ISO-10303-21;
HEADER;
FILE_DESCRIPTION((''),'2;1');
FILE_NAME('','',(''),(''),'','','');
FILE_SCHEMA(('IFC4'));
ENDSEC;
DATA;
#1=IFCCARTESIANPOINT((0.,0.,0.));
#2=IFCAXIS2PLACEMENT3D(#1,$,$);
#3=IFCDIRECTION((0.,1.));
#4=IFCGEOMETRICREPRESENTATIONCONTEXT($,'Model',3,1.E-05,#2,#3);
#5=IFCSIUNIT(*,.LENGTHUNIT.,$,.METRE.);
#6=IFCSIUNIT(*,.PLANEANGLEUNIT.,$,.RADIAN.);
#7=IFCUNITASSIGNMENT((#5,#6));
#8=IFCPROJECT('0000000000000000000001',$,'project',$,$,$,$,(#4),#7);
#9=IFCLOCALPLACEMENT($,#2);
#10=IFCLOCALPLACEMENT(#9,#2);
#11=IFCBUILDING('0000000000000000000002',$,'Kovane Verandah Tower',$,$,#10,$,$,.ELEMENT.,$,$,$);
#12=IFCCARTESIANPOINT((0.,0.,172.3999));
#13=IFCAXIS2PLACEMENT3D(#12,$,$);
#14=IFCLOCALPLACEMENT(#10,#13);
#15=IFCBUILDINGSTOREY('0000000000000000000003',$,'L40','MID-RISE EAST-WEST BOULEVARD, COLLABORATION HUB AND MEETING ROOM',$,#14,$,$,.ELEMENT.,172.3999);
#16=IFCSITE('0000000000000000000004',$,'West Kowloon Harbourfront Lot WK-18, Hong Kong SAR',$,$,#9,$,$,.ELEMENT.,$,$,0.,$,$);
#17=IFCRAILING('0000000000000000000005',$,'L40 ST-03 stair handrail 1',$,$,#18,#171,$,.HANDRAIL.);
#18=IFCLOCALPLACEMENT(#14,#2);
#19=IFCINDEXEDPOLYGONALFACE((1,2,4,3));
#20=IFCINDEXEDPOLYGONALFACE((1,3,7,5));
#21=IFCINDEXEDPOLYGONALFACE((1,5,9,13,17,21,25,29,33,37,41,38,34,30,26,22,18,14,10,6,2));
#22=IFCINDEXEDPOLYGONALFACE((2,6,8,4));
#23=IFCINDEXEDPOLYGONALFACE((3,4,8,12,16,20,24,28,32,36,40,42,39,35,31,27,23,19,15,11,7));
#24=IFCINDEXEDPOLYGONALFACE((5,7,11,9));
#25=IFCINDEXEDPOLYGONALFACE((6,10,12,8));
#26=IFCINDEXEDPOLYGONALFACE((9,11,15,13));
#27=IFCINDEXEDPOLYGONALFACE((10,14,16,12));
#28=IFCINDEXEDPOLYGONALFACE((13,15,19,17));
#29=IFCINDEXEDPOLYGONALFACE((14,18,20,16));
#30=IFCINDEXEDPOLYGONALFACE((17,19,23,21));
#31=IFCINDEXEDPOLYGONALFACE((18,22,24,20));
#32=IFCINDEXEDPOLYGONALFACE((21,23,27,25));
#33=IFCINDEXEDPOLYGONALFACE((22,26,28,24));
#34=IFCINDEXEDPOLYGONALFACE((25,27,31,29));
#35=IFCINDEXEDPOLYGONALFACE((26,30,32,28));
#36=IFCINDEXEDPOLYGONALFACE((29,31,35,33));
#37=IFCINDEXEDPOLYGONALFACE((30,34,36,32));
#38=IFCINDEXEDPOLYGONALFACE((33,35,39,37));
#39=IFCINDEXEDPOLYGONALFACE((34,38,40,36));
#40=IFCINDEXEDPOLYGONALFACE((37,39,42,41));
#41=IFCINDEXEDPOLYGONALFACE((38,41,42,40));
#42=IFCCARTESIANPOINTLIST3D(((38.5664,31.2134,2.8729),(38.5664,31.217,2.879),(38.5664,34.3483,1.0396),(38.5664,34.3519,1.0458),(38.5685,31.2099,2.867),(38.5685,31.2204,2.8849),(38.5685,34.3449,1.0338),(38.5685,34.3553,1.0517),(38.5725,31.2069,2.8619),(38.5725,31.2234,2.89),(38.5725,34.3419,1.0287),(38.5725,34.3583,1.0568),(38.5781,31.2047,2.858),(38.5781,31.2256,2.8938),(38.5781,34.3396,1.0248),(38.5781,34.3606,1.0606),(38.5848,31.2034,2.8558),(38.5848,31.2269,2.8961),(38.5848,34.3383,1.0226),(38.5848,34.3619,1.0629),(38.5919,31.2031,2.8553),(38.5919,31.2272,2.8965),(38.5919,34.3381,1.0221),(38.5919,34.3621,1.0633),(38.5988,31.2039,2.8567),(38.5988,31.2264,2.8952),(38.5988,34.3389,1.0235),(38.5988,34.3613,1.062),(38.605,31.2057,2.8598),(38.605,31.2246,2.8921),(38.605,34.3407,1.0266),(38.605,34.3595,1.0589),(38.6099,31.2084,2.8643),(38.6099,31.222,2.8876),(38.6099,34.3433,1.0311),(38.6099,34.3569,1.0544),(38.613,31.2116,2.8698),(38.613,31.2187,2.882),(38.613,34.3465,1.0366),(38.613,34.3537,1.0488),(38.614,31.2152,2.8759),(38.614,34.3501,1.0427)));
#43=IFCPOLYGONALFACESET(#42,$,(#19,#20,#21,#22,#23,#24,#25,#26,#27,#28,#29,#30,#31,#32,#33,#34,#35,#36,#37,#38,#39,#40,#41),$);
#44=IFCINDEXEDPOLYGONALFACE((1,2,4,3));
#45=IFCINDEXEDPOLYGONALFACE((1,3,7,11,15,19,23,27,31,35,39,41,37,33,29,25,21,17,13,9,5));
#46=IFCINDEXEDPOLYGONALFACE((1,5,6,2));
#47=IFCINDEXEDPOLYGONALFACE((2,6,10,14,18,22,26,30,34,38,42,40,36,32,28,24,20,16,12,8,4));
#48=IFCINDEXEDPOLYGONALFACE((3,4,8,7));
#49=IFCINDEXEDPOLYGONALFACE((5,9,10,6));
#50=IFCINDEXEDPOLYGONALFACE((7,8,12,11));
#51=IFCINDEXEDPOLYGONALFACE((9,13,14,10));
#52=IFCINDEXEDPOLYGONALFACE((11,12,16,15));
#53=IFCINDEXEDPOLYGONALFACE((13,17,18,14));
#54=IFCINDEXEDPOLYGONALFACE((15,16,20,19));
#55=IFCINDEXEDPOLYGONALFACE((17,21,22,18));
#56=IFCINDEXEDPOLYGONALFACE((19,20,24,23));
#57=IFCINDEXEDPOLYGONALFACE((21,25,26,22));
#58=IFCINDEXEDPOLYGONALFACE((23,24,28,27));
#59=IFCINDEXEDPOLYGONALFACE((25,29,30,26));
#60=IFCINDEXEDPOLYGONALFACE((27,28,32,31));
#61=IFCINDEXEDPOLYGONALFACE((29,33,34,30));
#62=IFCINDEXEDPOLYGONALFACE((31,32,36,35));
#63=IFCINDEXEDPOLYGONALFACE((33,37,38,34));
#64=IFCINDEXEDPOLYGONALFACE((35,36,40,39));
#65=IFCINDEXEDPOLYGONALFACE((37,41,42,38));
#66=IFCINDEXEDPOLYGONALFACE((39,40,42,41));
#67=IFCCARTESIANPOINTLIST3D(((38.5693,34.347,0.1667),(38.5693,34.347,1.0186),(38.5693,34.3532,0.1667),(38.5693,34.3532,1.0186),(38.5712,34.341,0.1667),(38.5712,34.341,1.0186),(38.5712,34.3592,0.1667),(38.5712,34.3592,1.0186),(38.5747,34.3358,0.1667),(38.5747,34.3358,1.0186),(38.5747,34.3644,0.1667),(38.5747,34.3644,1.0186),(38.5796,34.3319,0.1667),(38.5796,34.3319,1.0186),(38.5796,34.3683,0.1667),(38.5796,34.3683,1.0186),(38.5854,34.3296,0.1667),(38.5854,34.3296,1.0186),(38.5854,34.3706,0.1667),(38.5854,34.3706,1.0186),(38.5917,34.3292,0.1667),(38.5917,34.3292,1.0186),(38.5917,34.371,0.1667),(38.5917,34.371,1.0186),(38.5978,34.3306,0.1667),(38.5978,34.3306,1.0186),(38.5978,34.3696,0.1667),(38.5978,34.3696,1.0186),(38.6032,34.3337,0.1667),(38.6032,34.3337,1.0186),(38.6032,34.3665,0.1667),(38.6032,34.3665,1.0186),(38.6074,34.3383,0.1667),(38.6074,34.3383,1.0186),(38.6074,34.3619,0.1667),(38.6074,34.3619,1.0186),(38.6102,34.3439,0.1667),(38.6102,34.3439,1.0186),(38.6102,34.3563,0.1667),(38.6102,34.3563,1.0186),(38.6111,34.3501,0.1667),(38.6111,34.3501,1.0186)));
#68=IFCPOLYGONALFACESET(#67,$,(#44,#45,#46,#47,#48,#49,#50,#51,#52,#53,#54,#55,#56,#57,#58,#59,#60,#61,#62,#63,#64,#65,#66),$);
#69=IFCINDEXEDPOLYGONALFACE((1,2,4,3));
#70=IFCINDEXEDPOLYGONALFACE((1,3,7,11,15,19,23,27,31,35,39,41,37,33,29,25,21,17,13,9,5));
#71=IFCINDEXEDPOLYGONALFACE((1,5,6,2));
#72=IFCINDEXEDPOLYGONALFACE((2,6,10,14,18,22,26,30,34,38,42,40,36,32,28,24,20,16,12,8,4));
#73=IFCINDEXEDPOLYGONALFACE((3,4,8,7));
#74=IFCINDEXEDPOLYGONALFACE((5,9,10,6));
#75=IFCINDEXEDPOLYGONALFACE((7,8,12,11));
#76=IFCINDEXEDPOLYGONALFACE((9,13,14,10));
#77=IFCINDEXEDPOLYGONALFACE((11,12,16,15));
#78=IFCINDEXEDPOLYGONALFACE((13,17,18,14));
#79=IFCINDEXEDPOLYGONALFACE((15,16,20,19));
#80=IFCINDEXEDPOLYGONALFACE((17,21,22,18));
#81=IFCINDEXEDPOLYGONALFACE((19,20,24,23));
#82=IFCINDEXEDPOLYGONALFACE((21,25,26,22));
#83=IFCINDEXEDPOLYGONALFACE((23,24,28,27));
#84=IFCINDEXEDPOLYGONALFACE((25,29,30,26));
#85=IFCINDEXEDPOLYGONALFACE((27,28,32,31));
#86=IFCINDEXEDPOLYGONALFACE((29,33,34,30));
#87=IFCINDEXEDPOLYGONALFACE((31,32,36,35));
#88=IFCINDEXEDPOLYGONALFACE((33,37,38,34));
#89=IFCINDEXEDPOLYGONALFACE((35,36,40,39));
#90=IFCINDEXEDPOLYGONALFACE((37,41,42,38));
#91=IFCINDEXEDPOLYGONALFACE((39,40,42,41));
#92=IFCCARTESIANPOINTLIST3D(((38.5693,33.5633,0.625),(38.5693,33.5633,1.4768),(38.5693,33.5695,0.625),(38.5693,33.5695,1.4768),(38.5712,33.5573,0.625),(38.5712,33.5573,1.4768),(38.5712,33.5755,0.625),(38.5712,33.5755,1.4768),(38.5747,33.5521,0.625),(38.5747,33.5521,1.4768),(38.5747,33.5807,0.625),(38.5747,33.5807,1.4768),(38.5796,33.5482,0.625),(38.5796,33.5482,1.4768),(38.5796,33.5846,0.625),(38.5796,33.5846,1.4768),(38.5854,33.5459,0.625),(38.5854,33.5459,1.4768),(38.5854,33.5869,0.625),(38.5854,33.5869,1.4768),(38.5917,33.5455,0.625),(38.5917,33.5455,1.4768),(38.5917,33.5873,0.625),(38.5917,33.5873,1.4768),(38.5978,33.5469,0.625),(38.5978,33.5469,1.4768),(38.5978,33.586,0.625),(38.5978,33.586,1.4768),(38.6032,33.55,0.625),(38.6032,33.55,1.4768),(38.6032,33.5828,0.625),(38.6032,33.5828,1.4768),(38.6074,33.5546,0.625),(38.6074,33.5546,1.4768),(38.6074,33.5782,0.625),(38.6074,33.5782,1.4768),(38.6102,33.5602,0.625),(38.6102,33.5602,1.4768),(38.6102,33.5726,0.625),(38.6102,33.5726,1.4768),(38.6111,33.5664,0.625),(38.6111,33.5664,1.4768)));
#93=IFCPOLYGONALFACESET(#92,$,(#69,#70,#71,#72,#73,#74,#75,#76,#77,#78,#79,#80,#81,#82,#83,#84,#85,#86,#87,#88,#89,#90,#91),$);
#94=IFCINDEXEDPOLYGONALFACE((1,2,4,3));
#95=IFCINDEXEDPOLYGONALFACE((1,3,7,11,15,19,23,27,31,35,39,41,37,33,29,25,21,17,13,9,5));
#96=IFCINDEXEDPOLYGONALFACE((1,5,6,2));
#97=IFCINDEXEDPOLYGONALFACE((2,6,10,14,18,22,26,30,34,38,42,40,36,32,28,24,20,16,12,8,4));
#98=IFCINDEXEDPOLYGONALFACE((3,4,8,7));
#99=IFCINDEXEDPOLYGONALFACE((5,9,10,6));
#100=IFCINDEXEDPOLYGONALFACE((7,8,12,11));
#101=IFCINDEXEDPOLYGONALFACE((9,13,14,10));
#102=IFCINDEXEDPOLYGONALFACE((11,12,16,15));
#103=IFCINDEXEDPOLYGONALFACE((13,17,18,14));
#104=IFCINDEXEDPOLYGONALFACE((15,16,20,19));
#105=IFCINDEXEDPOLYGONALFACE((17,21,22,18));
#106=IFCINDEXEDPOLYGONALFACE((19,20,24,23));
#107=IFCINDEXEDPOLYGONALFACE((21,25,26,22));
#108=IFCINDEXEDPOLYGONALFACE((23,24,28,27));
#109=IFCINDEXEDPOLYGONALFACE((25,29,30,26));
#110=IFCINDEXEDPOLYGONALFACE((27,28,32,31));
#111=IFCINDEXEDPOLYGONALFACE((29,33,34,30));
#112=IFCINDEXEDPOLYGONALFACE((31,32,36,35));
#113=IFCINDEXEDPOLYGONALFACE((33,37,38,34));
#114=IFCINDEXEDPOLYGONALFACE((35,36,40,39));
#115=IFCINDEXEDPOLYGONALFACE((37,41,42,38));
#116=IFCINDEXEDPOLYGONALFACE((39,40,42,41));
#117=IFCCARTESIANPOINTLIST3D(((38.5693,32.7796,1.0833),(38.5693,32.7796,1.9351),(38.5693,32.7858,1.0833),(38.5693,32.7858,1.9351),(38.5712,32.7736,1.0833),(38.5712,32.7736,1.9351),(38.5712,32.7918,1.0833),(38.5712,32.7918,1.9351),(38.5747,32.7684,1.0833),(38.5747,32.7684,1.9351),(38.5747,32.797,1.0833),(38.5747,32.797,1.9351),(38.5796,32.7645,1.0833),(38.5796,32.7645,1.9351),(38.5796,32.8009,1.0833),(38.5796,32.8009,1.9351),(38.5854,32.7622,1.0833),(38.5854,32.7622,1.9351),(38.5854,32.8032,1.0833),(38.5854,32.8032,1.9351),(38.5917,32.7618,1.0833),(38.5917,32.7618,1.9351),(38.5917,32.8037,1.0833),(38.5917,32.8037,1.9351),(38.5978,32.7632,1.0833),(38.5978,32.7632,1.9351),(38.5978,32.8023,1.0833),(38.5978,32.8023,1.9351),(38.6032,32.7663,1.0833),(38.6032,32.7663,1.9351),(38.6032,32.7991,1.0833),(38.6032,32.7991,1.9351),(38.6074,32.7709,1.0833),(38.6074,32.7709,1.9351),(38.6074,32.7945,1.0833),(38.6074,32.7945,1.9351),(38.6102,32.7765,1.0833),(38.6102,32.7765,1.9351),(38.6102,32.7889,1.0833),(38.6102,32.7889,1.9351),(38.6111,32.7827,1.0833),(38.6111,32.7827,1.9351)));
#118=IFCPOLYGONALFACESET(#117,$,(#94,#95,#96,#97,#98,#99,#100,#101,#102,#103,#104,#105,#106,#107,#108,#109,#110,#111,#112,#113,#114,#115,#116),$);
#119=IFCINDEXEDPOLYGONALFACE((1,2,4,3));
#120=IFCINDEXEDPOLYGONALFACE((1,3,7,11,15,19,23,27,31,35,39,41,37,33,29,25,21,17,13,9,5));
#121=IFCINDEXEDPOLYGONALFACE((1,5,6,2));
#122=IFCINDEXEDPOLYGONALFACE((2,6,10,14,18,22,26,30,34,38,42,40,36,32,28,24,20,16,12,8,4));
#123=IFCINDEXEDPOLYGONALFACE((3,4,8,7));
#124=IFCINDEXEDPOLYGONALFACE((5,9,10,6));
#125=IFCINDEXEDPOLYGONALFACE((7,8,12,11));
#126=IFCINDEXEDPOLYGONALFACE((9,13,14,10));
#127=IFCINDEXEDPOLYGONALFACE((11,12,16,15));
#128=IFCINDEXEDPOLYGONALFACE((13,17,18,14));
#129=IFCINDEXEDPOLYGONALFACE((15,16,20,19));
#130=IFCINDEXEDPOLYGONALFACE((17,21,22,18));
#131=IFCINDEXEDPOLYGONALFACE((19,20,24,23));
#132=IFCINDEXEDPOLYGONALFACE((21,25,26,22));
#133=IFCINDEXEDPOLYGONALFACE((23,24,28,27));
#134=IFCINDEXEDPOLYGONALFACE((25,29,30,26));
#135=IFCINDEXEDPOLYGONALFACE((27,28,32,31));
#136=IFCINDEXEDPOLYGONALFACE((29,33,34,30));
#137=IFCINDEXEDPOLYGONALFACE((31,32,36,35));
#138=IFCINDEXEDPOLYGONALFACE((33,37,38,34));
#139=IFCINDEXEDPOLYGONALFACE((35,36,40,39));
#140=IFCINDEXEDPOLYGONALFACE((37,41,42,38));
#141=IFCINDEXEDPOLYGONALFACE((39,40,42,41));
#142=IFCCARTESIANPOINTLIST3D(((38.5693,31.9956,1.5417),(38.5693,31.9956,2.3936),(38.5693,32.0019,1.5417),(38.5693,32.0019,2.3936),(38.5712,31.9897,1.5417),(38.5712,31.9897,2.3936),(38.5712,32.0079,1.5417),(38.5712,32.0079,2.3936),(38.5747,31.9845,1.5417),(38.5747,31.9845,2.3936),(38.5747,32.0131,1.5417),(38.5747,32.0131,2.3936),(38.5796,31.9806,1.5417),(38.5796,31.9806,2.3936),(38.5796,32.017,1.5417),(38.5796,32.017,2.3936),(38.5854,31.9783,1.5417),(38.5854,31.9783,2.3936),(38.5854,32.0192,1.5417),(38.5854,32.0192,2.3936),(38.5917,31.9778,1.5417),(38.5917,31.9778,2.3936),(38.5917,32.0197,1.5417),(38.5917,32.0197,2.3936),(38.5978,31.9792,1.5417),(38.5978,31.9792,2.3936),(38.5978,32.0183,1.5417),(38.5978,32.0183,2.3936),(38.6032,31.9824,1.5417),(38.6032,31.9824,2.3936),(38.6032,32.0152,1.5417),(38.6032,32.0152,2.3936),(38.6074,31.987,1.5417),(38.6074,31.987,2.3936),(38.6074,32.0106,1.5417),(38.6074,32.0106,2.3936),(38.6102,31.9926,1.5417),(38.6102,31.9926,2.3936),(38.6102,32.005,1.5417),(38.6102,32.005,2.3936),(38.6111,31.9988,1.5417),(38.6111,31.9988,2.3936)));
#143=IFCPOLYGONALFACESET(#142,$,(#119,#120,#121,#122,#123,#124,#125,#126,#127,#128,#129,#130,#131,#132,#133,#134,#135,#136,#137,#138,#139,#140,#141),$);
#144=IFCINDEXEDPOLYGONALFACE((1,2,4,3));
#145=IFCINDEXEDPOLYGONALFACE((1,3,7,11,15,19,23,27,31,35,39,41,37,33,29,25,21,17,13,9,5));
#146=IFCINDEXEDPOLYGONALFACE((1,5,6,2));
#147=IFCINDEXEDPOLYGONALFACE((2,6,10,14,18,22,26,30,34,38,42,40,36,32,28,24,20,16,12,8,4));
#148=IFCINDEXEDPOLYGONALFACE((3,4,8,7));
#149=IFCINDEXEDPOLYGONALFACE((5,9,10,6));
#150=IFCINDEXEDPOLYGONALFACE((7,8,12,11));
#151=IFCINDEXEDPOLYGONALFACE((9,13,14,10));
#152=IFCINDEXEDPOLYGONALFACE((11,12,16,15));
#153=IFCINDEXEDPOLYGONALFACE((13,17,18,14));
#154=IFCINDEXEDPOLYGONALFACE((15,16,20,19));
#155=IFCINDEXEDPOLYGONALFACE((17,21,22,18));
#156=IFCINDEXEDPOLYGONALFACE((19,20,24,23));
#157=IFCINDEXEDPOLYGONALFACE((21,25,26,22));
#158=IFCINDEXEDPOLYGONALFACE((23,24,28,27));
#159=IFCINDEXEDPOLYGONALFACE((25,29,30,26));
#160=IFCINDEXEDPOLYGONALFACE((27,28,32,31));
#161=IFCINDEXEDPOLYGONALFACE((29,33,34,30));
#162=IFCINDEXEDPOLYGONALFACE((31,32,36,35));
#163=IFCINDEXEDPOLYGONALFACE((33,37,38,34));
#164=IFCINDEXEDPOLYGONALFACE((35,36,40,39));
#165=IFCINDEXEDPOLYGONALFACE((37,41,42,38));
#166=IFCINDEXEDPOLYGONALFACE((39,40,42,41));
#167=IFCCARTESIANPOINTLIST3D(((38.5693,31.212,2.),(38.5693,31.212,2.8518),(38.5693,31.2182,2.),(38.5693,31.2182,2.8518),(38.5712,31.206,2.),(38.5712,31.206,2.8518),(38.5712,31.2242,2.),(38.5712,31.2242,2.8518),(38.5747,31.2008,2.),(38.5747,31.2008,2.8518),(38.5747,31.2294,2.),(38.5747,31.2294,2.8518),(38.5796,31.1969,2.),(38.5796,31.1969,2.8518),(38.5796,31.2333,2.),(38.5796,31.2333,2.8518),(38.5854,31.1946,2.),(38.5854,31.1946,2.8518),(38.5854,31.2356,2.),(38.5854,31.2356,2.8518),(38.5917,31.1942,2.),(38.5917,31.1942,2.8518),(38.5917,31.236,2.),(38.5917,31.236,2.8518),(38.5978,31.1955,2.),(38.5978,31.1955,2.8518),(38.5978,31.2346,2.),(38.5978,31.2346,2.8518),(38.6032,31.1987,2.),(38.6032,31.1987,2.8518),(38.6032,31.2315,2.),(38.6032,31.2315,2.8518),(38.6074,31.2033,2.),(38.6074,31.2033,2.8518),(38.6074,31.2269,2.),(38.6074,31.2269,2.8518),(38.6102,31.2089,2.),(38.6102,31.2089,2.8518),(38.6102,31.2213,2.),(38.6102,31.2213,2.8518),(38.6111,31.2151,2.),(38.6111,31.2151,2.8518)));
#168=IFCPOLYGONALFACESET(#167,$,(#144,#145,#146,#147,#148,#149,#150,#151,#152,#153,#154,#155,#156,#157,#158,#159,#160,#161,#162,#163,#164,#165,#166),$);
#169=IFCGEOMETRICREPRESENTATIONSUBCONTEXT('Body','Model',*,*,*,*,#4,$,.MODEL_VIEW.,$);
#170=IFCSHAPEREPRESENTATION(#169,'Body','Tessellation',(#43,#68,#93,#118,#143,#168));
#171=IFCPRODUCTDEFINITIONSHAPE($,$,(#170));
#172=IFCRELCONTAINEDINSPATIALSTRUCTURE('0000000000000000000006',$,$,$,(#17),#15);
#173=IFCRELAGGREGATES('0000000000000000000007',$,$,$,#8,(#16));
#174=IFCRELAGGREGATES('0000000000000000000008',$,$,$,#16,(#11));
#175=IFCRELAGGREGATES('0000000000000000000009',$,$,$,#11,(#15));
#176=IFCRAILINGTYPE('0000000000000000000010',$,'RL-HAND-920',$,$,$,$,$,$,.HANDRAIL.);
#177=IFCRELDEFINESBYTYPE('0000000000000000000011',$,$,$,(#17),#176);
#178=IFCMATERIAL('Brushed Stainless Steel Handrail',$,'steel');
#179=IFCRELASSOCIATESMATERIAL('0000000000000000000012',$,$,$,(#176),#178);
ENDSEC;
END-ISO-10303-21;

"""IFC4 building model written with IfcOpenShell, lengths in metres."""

from ifc_helpers import new_model, si_unit, direction, frame, origin, origin_2d, place, context, subcontext, project, spatial, circle, extrude, material, type_object, element, save


model = new_model("IFC4")

# Units and contexts
model_context = context("Model", 3, precision=1e-05, world=origin(), true_north=direction((0.0, 1.0)))
body_context = subcontext(model_context, "Body", "Model", "MODEL_VIEW")
ifc_project = project(units=[si_unit("LENGTHUNIT", "METRE"), si_unit("PLANEANGLEUNIT", "RADIAN")], contexts=[model_context])

# Site, building, storey
site_placement = place(None, origin())
site = spatial("IfcSite", under=ifc_project, at=site_placement, Name="West Kowloon Harbourfront Lot WK-18, Hong Kong SAR", CompositionType="ELEMENT", RefElevation=0.0)
building_placement = place(site_placement, origin())
building = spatial("IfcBuilding", under=site, at=building_placement, Name="Kovane Verandah Tower", CompositionType="ELEMENT")
storey_placement = place(building_placement, frame((0.0, 0.0, 172.3999)))
storey = spatial("IfcBuildingStorey", under=building, at=storey_placement, Name="L40", Description="MID-RISE EAST-WEST BOULEVARD, COLLABORATION HUB AND MEETING ROOM", CompositionType="ELEMENT", Elevation=172.3999)

# Railing
ifc_material_1 = material(Name="Brushed Stainless Steel Handrail", Category="steel")
railing_type_1 = type_object("IfcRailingType", Name="RL-HAND-920", PredefinedType="HANDRAIL", material=ifc_material_1)
railing_1_placement = place(storey_placement, frame((38.5901, 34.3501, 0.1667)))
element("IfcRailing", 1, at=railing_1_placement, inside=storey, type_object=railing_type_1, Name="L40 ST-03 stair handrail 1", PredefinedType="HANDRAIL", context=body_context, shape_type="SweptSolid", body=[
    extrude(circle(Radius=0.0239, at=origin_2d()), frame((0.0, 0.0, 0.876), z_axis=(0.0, -0.86324, 0.504794), x_axis=(1.0, 0.0, 0.0)), (0.0, 0.0, 1.0), 3.6316),
    extrude(circle(Radius=0.021, at=origin_2d()), origin(), (0.0, 0.0, 1.0), 0.8518),
    extrude(circle(Radius=0.021, at=origin_2d()), frame((0.0, -0.7837, 0.4583)), (0.0, 0.0, 1.0), 0.8518),
    extrude(circle(Radius=0.021, at=origin_2d()), frame((0.0, -1.5674, 0.9165)), (0.0, 0.0, 1.0), 0.8518),
    extrude(circle(Radius=0.021, at=origin_2d()), frame((0.0, -2.3513, 1.375)), (0.0, 0.0, 1.0), 0.8518),
    extrude(circle(Radius=0.021, at=origin_2d()), frame((0.0, -3.135, 1.8333)), (0.0, 0.0, 1.0), 0.8518),
])

save(model, "model.ifc")
